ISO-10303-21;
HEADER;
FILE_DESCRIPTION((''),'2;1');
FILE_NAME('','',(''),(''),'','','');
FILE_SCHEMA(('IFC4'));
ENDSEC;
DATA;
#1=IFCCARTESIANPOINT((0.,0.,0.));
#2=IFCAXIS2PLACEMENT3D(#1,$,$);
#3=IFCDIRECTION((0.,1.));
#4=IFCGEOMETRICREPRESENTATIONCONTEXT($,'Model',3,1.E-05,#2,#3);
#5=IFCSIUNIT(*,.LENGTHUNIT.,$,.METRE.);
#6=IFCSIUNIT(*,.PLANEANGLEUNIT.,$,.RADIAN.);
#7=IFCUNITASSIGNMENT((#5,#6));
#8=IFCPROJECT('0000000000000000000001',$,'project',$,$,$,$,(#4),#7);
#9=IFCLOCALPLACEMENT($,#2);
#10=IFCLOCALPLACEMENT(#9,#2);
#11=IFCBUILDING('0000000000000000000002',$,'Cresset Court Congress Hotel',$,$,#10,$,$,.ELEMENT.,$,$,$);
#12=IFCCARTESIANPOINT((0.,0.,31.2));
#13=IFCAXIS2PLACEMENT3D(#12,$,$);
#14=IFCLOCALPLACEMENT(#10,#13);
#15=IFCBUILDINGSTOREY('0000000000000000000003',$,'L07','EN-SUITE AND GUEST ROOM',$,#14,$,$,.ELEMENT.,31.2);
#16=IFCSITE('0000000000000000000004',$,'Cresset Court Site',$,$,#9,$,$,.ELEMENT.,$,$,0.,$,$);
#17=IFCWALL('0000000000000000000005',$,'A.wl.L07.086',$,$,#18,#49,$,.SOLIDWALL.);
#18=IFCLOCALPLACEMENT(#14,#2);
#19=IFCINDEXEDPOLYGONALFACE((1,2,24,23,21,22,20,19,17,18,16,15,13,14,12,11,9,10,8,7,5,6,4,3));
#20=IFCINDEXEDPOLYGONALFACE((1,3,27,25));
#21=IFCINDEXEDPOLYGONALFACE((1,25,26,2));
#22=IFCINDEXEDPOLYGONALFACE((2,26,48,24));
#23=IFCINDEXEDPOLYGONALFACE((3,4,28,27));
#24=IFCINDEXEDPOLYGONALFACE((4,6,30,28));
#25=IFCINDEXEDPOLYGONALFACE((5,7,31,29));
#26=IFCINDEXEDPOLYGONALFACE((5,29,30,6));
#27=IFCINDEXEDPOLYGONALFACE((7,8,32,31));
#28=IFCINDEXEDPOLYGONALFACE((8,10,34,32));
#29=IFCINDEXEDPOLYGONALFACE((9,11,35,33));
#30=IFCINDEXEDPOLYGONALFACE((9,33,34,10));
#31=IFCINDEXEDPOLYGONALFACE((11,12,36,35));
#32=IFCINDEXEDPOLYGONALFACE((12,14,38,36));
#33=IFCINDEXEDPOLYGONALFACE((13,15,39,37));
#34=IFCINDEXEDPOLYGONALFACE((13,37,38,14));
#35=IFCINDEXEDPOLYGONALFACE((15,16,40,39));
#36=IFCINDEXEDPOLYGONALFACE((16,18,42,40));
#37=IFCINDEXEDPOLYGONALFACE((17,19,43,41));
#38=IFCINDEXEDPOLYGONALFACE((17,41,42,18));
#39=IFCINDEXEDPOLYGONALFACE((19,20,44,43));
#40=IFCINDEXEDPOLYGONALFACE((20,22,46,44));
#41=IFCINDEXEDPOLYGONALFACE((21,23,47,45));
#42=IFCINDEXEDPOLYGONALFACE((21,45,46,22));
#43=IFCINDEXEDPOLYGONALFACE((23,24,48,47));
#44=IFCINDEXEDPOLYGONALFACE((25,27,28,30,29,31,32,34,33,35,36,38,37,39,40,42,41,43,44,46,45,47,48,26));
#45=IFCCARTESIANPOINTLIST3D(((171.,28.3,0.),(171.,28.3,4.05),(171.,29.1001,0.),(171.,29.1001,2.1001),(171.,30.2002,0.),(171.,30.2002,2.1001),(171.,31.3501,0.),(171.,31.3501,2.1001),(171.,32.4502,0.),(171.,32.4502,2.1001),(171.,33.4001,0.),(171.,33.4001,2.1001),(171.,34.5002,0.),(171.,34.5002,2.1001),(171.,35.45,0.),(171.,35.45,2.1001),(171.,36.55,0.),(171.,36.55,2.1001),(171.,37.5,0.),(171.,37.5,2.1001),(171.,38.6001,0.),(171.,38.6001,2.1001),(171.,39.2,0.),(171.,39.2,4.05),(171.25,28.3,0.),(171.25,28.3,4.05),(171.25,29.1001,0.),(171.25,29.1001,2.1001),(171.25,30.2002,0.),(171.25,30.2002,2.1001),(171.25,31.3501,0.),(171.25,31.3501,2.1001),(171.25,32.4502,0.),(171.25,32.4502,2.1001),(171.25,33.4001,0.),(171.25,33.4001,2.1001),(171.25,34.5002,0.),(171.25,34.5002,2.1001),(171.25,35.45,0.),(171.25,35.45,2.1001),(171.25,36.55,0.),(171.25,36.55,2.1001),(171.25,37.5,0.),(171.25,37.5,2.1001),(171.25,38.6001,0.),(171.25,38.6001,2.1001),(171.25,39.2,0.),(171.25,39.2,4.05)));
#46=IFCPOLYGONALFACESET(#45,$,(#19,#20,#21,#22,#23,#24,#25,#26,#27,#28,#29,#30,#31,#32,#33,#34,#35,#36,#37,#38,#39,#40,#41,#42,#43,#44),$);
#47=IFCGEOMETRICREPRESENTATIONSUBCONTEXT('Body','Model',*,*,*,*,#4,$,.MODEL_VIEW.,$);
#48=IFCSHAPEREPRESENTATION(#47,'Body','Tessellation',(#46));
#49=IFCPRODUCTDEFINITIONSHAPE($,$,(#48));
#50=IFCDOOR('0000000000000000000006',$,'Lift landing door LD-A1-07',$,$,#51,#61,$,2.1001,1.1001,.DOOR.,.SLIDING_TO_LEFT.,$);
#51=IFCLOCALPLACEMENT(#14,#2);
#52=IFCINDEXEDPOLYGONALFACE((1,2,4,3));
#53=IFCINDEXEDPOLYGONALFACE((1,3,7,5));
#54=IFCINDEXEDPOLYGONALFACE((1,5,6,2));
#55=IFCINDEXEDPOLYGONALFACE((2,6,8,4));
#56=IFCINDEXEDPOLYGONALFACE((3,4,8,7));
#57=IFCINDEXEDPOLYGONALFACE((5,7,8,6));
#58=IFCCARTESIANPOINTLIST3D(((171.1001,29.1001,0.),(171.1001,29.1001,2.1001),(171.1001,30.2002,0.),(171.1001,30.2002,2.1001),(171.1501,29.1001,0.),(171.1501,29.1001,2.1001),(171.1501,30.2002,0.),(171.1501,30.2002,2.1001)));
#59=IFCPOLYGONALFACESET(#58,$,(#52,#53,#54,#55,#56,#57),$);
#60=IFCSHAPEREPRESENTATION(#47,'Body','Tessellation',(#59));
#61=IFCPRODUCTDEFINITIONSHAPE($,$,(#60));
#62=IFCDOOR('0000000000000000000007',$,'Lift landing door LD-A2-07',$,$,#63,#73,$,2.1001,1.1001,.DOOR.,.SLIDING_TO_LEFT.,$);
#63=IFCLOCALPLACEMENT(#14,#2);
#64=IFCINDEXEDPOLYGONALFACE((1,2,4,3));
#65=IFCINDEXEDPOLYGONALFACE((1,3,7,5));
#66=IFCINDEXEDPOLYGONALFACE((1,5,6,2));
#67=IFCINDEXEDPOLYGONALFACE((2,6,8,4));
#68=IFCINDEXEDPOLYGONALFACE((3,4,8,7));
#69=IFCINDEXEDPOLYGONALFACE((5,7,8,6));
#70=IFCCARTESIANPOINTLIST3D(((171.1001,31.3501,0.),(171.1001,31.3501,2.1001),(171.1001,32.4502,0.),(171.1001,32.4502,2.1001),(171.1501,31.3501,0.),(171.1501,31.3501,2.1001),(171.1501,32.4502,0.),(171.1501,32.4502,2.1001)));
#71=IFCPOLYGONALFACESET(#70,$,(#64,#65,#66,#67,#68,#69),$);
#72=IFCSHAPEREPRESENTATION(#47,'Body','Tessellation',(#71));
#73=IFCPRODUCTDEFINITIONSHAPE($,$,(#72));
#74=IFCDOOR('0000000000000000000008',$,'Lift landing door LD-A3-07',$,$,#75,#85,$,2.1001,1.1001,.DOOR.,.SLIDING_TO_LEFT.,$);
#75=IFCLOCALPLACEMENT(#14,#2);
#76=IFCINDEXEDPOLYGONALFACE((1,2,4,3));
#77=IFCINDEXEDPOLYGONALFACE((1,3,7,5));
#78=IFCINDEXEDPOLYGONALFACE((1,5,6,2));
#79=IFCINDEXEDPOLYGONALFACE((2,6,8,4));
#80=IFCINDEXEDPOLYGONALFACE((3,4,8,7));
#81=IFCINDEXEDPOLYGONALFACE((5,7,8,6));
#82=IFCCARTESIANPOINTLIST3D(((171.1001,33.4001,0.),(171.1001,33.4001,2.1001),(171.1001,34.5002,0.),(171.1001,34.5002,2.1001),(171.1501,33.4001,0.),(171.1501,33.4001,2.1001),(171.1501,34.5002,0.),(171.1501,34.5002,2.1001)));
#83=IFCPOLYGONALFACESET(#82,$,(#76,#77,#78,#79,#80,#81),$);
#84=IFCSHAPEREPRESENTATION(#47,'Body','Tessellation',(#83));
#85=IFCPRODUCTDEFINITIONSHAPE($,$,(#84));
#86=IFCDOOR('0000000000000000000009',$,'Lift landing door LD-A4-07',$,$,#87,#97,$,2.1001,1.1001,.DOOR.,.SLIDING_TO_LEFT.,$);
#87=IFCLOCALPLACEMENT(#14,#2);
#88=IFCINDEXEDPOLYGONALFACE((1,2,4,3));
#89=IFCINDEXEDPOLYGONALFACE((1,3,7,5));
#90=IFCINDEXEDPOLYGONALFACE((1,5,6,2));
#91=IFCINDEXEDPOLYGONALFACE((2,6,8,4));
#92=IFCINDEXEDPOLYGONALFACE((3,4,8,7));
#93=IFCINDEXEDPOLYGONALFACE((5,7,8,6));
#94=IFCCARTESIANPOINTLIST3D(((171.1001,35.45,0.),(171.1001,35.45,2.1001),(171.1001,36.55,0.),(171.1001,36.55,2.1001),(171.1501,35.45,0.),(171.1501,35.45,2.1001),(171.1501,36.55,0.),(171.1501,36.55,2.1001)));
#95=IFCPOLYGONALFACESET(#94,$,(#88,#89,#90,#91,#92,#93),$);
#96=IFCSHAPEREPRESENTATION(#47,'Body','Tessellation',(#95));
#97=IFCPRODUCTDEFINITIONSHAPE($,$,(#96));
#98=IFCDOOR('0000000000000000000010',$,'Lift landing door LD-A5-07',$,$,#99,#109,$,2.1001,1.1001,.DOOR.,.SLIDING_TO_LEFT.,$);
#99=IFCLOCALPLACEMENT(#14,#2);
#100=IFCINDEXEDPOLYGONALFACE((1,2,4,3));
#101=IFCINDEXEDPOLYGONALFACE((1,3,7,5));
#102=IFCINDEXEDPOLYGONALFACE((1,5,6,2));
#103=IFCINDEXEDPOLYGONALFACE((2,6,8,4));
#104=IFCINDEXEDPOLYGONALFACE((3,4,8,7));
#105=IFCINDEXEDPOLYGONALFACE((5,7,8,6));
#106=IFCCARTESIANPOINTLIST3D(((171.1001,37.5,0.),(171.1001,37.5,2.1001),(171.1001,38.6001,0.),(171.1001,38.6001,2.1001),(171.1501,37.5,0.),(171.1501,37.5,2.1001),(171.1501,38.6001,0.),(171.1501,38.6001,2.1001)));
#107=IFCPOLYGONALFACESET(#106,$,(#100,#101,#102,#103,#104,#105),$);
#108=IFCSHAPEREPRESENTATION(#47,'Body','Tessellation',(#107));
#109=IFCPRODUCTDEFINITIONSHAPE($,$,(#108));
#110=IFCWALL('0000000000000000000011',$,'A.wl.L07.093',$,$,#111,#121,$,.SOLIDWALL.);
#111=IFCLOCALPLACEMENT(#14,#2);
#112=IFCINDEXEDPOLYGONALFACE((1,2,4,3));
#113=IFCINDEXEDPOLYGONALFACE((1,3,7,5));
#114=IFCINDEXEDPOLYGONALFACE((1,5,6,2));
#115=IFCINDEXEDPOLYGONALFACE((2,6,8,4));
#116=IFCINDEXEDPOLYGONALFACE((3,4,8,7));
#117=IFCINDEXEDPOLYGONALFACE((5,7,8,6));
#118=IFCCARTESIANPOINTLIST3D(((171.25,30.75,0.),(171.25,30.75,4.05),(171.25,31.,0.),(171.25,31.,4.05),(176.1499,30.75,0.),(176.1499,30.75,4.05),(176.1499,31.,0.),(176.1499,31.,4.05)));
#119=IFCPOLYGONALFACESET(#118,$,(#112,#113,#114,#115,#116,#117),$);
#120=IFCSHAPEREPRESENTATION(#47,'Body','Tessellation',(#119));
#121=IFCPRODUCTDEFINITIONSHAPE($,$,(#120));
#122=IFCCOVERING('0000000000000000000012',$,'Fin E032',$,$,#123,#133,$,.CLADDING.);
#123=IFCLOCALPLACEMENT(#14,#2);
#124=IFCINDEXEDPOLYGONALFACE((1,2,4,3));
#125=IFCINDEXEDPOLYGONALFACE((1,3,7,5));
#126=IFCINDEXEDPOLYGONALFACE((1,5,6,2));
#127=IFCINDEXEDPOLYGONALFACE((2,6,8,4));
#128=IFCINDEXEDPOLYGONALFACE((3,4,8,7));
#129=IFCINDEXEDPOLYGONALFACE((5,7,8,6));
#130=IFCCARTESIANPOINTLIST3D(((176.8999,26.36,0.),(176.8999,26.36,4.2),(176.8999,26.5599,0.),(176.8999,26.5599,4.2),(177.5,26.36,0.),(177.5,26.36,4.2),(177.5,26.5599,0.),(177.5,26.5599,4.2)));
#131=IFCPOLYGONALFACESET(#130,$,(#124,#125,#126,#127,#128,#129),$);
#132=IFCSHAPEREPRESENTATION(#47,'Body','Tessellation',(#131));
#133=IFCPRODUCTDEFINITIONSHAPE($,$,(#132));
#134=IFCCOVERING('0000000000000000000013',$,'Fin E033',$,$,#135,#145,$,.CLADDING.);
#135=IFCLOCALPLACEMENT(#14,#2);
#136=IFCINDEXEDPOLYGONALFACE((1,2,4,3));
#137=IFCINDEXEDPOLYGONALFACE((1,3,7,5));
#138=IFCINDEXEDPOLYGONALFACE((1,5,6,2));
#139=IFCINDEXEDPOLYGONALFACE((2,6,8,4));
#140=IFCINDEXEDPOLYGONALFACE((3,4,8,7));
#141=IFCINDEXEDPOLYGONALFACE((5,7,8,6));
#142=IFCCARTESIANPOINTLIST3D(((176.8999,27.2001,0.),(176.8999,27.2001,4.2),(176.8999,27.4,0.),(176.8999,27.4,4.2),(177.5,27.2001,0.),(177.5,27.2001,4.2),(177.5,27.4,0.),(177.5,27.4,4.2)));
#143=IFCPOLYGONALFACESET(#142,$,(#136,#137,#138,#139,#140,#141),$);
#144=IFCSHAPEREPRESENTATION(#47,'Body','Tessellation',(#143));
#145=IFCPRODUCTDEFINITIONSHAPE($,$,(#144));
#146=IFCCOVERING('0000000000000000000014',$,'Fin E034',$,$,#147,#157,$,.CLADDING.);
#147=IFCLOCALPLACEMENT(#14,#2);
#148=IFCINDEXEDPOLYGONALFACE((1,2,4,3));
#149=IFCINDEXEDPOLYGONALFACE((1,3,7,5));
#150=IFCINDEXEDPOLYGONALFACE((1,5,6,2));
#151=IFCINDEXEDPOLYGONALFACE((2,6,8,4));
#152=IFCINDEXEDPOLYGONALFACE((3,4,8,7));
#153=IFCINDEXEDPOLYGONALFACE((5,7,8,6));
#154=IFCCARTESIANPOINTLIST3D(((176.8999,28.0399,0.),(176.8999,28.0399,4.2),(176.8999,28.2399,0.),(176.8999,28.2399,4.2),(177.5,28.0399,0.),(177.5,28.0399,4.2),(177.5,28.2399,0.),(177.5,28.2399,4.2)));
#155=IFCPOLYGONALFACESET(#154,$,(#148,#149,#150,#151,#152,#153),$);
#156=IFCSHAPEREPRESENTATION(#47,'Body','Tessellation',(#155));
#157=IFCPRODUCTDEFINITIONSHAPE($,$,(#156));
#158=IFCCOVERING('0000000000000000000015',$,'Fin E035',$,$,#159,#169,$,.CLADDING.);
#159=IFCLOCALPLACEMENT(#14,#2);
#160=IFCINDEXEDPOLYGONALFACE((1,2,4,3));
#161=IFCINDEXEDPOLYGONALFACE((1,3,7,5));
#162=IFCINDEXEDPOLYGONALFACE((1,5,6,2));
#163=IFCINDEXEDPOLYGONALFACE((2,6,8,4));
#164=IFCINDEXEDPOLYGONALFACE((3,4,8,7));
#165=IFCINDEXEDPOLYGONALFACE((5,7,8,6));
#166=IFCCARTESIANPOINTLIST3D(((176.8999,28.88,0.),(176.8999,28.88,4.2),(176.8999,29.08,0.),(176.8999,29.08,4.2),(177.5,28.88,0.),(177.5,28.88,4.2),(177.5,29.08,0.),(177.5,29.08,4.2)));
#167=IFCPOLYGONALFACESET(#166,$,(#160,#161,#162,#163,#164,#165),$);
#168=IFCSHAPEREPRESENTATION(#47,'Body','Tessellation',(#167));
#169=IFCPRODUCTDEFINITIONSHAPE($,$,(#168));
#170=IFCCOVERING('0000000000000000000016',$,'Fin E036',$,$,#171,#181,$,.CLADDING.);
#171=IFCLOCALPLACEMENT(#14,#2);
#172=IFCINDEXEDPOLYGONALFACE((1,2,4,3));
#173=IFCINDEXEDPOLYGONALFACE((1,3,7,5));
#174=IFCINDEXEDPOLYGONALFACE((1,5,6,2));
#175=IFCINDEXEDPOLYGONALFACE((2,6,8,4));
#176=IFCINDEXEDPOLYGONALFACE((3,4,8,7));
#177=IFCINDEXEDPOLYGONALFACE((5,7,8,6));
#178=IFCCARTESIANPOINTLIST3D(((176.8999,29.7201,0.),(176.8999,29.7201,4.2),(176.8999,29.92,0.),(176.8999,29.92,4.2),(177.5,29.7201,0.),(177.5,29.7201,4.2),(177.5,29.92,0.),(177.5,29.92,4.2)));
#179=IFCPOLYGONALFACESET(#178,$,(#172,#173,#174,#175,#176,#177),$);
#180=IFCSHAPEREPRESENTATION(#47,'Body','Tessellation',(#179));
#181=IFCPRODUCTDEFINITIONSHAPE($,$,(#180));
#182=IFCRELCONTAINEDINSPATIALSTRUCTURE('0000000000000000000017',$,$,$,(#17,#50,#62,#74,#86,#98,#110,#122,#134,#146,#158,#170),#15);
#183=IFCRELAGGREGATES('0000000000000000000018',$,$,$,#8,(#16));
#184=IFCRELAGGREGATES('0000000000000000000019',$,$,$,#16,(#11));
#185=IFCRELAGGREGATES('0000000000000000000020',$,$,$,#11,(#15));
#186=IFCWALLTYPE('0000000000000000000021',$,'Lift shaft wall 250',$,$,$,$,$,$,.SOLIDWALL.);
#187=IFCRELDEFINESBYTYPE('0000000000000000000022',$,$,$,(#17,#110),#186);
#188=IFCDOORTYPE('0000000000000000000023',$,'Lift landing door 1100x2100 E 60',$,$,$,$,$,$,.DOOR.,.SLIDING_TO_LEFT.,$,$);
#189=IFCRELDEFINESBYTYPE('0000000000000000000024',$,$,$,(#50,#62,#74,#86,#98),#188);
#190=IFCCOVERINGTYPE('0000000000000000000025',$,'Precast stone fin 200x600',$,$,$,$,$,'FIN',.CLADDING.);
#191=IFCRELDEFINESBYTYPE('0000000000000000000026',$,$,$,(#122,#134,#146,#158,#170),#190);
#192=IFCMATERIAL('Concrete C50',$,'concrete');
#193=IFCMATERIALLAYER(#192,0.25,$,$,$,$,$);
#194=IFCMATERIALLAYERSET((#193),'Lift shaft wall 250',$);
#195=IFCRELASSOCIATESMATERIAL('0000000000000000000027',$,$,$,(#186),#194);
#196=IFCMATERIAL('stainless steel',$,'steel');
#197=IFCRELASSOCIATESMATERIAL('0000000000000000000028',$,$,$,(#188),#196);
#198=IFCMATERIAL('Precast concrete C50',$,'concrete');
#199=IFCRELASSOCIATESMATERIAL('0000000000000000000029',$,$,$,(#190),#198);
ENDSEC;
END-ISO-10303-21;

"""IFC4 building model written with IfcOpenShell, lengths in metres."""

from ifc_helpers import new_model, si_unit, direction, frame, frame_2d, origin, origin_2d, place, context, subcontext, project, spatial, rectangle, extrude, material, layer, layer_set, type_object, element, fill, save


model = new_model("IFC4")

# Units and contexts
model_context = context("Model", 3, precision=1e-05, world=origin(), true_north=direction((0.0, 1.0)))
body_context = subcontext(model_context, "Body", "Model", "MODEL_VIEW")
ifc_project = project(units=[si_unit("LENGTHUNIT", "METRE"), si_unit("PLANEANGLEUNIT", "RADIAN")], contexts=[model_context])

# Site, building, storey
site_placement = place(None, origin())
site = spatial("IfcSite", under=ifc_project, at=site_placement, Name="Cresset Court Site", CompositionType="ELEMENT", RefElevation=0.0)
building_placement = place(site_placement, origin())
building = spatial("IfcBuilding", under=site, at=building_placement, Name="Cresset Court Congress Hotel", CompositionType="ELEMENT")
storey_placement = place(building_placement, frame((0.0, 0.0, 31.2)))
storey = spatial("IfcBuildingStorey", under=building, at=storey_placement, Name="L07", Description="EN-SUITE AND GUEST ROOM", CompositionType="ELEMENT", Elevation=31.2)

# Wall, openings, doors
ifc_material_1 = material(Name="Concrete C50", Category="concrete")
ifc_layer_1 = layer(ifc_material_1, 0.25)
ifc_layer_set_1 = layer_set([ifc_layer_1], Name="Lift shaft wall 250")
wall_type_1 = type_object("IfcWallType", Name="Lift shaft wall 250", PredefinedType="SOLIDWALL", material=ifc_layer_set_1)
wall_1_placement = place(storey_placement, frame((171.125, 28.3, 0.0), z_axis=(0.0, 0.0, 1.0), x_axis=(0.0, 1.0, 0.0)))
wall_1 = element("IfcWall", 1, at=wall_1_placement, inside=storey, type_object=wall_type_1, Name="A.wl.L07.086", PredefinedType="SOLIDWALL", context=body_context, shape_type="SweptSolid", body=[
    extrude(rectangle(XDim=10.8999, YDim=0.25, at=frame_2d((5.45, 0.0))), origin(), (0.0, 0.0, 1.0), 4.05),
])
opening_1_placement = place(wall_1_placement, frame((0.8, 0.0, 0.0)))
opening_1 = element("IfcOpeningElement", 2, at=opening_1_placement, cuts=wall_1, PredefinedType="OPENING", context=body_context, shape_type="SweptSolid", body=[
    extrude(rectangle(XDim=1.1001, YDim=2.1001, at=frame_2d((0.55, 1.05))), frame((0.0, 0.135, 0.0), z_axis=(0.0, -1.0, 0.0), x_axis=(1.0, 0.0, 0.0)), (0.0, 0.0, 1.0), 0.27),
])
opening_2_placement = place(wall_1_placement, frame((3.05, 0.0, 0.0)))
opening_2 = element("IfcOpeningElement", 3, at=opening_2_placement, cuts=wall_1, PredefinedType="OPENING", context=body_context, shape_type="SweptSolid", body=[
    extrude(rectangle(XDim=1.1001, YDim=2.1001, at=frame_2d((0.55, 1.05))), frame((0.0, 0.135, 0.0), z_axis=(0.0, -1.0, 0.0), x_axis=(1.0, 0.0, 0.0)), (0.0, 0.0, 1.0), 0.27),
])
opening_3_placement = place(wall_1_placement, frame((5.1001, 0.0, 0.0)))
opening_3 = element("IfcOpeningElement", 4, at=opening_3_placement, cuts=wall_1, PredefinedType="OPENING", context=body_context, shape_type="SweptSolid", body=[
    extrude(rectangle(XDim=1.1001, YDim=2.1001, at=frame_2d((0.55, 1.05))), frame((0.0, 0.135, 0.0), z_axis=(0.0, -1.0, 0.0), x_axis=(1.0, 0.0, 0.0)), (0.0, 0.0, 1.0), 0.27),
])
opening_4_placement = place(wall_1_placement, frame((7.1499, 0.0, 0.0)))
opening_4 = element("IfcOpeningElement", 5, at=opening_4_placement, cuts=wall_1, PredefinedType="OPENING", context=body_context, shape_type="SweptSolid", body=[
    extrude(rectangle(XDim=1.1001, YDim=2.1001, at=frame_2d((0.55, 1.05))), frame((0.0, 0.135, 0.0), z_axis=(0.0, -1.0, 0.0), x_axis=(1.0, 0.0, 0.0)), (0.0, 0.0, 1.0), 0.27),
])
opening_5_placement = place(wall_1_placement, frame((9.2, 0.0, 0.0)))
opening_5 = element("IfcOpeningElement", 6, at=opening_5_placement, cuts=wall_1, PredefinedType="OPENING", context=body_context, shape_type="SweptSolid", body=[
    extrude(rectangle(XDim=1.1001, YDim=2.1001, at=frame_2d((0.55, 1.05))), frame((0.0, 0.135, 0.0), z_axis=(0.0, -1.0, 0.0), x_axis=(1.0, 0.0, 0.0)), (0.0, 0.0, 1.0), 0.27),
])
ifc_material_2 = material(Name="stainless steel", Category="steel")
door_type = type_object("IfcDoorType", Name="Lift landing door 1100x2100 E 60", OperationType="SLIDING_TO_LEFT", PredefinedType="DOOR", material=ifc_material_2)
door_1_placement = place(opening_1_placement, origin())
door_1 = element("IfcDoor", 7, at=door_1_placement, inside=storey, type_object=door_type, Name="Lift landing door LD-A1-07", OperationType="SLIDING_TO_LEFT", OverallHeight=2.1001, OverallWidth=1.1001, PredefinedType="DOOR", context=body_context, shape_type="SweptSolid", body=[
    extrude(rectangle(XDim=1.1001, YDim=2.1001, at=frame_2d((0.55, 1.05))), frame((0.0, 0.0249, 0.0), z_axis=(0.0, -1.0, 0.0), x_axis=(1.0, 0.0, 0.0)), (0.0, 0.0, 1.0), 0.05),
])
fill(opening_1, door_1)
door_2_placement = place(opening_2_placement, origin())
door_2 = element("IfcDoor", 8, at=door_2_placement, inside=storey, type_object=door_type, Name="Lift landing door LD-A2-07", OperationType="SLIDING_TO_LEFT", OverallHeight=2.1001, OverallWidth=1.1001, PredefinedType="DOOR", context=body_context, shape_type="SweptSolid", body=[
    extrude(rectangle(XDim=1.1001, YDim=2.1001, at=frame_2d((0.55, 1.05))), frame((0.0, 0.0249, 0.0), z_axis=(0.0, -1.0, 0.0), x_axis=(1.0, 0.0, 0.0)), (0.0, 0.0, 1.0), 0.05),
])
fill(opening_2, door_2)
door_3_placement = place(opening_3_placement, origin())
door_3 = element("IfcDoor", 9, at=door_3_placement, inside=storey, type_object=door_type, Name="Lift landing door LD-A3-07", OperationType="SLIDING_TO_LEFT", OverallHeight=2.1001, OverallWidth=1.1001, PredefinedType="DOOR", context=body_context, shape_type="SweptSolid", body=[
    extrude(rectangle(XDim=1.1001, YDim=2.1001, at=frame_2d((0.55, 1.05))), frame((0.0, 0.0249, 0.0), z_axis=(0.0, -1.0, 0.0), x_axis=(1.0, 0.0, 0.0)), (0.0, 0.0, 1.0), 0.05),
])
fill(opening_3, door_3)
door_4_placement = place(opening_4_placement, origin())
door_4 = element("IfcDoor", 10, at=door_4_placement, inside=storey, type_object=door_type, Name="Lift landing door LD-A4-07", OperationType="SLIDING_TO_LEFT", OverallHeight=2.1001, OverallWidth=1.1001, PredefinedType="DOOR", context=body_context, shape_type="SweptSolid", body=[
    extrude(rectangle(XDim=1.1001, YDim=2.1001, at=frame_2d((0.55, 1.05))), frame((0.0, 0.0249, 0.0), z_axis=(0.0, -1.0, 0.0), x_axis=(1.0, 0.0, 0.0)), (0.0, 0.0, 1.0), 0.05),
])
fill(opening_4, door_4)
door_5_placement = place(opening_5_placement, origin())
door_5 = element("IfcDoor", 11, at=door_5_placement, inside=storey, type_object=door_type, Name="Lift landing door LD-A5-07", OperationType="SLIDING_TO_LEFT", OverallHeight=2.1001, OverallWidth=1.1001, PredefinedType="DOOR", context=body_context, shape_type="SweptSolid", body=[
    extrude(rectangle(XDim=1.1001, YDim=2.1001, at=frame_2d((0.55, 1.05))), frame((0.0, 0.0249, 0.0), z_axis=(0.0, -1.0, 0.0), x_axis=(1.0, 0.0, 0.0)), (0.0, 0.0, 1.0), 0.05),
])
fill(opening_5, door_5)

# Wall
wall_2_placement = place(storey_placement, frame((171.25, 30.875, 0.0), z_axis=(0.0, 0.0, 1.0), x_axis=(1.0, 0.0, 0.0)))
element("IfcWall", 12, at=wall_2_placement, inside=storey, type_object=wall_type_1, Name="A.wl.L07.093", PredefinedType="SOLIDWALL", context=body_context, shape_type="SweptSolid", body=[
    extrude(rectangle(XDim=4.8999, YDim=0.25, at=frame_2d((2.45, 0.0))), origin(), (0.0, 0.0, 1.0), 4.05),
])

# Coverings
ifc_material_3 = material(Name="Precast concrete C50", Category="concrete")
covering_type_1 = type_object("IfcCoveringType", Name="Precast stone fin 200x600", ElementType="FIN", PredefinedType="CLADDING", material=ifc_material_3)
for number, where, z_axis, x_axis, name in (
    (13, (177.2, 26.46, 0.0), (0.0, 0.0, 1.0), (1.0, 0.0, 0.0), "Fin E032"),
    (14, (177.2, 27.3, 0.0), (0.0, 0.0, 1.0), (1.0, 0.0, 0.0), "Fin E033"),
    (15, (177.2, 28.1399, 0.0), (0.0, 0.0, 1.0), (1.0, 0.0, 0.0), "Fin E034"),
    (16, (177.2, 28.98, 0.0), (0.0, 0.0, 1.0), (1.0, 0.0, 0.0), "Fin E035"),
    (17, (177.2, 29.8201, 0.0), (0.0, 0.0, 1.0), (1.0, 0.0, 0.0), "Fin E036"),
):
    element("IfcCovering", number, at=place(storey_placement, frame(where, z_axis=z_axis, x_axis=x_axis)), inside=storey, type_object=covering_type_1, Name=name, PredefinedType="CLADDING", context=body_context, shape_type="SweptSolid", body=[
        extrude(rectangle(XDim=0.6001, YDim=0.2, at=origin_2d()), origin(), (0.0, 0.0, 1.0), 4.2),
    ])

save(model, "model.ifc")
